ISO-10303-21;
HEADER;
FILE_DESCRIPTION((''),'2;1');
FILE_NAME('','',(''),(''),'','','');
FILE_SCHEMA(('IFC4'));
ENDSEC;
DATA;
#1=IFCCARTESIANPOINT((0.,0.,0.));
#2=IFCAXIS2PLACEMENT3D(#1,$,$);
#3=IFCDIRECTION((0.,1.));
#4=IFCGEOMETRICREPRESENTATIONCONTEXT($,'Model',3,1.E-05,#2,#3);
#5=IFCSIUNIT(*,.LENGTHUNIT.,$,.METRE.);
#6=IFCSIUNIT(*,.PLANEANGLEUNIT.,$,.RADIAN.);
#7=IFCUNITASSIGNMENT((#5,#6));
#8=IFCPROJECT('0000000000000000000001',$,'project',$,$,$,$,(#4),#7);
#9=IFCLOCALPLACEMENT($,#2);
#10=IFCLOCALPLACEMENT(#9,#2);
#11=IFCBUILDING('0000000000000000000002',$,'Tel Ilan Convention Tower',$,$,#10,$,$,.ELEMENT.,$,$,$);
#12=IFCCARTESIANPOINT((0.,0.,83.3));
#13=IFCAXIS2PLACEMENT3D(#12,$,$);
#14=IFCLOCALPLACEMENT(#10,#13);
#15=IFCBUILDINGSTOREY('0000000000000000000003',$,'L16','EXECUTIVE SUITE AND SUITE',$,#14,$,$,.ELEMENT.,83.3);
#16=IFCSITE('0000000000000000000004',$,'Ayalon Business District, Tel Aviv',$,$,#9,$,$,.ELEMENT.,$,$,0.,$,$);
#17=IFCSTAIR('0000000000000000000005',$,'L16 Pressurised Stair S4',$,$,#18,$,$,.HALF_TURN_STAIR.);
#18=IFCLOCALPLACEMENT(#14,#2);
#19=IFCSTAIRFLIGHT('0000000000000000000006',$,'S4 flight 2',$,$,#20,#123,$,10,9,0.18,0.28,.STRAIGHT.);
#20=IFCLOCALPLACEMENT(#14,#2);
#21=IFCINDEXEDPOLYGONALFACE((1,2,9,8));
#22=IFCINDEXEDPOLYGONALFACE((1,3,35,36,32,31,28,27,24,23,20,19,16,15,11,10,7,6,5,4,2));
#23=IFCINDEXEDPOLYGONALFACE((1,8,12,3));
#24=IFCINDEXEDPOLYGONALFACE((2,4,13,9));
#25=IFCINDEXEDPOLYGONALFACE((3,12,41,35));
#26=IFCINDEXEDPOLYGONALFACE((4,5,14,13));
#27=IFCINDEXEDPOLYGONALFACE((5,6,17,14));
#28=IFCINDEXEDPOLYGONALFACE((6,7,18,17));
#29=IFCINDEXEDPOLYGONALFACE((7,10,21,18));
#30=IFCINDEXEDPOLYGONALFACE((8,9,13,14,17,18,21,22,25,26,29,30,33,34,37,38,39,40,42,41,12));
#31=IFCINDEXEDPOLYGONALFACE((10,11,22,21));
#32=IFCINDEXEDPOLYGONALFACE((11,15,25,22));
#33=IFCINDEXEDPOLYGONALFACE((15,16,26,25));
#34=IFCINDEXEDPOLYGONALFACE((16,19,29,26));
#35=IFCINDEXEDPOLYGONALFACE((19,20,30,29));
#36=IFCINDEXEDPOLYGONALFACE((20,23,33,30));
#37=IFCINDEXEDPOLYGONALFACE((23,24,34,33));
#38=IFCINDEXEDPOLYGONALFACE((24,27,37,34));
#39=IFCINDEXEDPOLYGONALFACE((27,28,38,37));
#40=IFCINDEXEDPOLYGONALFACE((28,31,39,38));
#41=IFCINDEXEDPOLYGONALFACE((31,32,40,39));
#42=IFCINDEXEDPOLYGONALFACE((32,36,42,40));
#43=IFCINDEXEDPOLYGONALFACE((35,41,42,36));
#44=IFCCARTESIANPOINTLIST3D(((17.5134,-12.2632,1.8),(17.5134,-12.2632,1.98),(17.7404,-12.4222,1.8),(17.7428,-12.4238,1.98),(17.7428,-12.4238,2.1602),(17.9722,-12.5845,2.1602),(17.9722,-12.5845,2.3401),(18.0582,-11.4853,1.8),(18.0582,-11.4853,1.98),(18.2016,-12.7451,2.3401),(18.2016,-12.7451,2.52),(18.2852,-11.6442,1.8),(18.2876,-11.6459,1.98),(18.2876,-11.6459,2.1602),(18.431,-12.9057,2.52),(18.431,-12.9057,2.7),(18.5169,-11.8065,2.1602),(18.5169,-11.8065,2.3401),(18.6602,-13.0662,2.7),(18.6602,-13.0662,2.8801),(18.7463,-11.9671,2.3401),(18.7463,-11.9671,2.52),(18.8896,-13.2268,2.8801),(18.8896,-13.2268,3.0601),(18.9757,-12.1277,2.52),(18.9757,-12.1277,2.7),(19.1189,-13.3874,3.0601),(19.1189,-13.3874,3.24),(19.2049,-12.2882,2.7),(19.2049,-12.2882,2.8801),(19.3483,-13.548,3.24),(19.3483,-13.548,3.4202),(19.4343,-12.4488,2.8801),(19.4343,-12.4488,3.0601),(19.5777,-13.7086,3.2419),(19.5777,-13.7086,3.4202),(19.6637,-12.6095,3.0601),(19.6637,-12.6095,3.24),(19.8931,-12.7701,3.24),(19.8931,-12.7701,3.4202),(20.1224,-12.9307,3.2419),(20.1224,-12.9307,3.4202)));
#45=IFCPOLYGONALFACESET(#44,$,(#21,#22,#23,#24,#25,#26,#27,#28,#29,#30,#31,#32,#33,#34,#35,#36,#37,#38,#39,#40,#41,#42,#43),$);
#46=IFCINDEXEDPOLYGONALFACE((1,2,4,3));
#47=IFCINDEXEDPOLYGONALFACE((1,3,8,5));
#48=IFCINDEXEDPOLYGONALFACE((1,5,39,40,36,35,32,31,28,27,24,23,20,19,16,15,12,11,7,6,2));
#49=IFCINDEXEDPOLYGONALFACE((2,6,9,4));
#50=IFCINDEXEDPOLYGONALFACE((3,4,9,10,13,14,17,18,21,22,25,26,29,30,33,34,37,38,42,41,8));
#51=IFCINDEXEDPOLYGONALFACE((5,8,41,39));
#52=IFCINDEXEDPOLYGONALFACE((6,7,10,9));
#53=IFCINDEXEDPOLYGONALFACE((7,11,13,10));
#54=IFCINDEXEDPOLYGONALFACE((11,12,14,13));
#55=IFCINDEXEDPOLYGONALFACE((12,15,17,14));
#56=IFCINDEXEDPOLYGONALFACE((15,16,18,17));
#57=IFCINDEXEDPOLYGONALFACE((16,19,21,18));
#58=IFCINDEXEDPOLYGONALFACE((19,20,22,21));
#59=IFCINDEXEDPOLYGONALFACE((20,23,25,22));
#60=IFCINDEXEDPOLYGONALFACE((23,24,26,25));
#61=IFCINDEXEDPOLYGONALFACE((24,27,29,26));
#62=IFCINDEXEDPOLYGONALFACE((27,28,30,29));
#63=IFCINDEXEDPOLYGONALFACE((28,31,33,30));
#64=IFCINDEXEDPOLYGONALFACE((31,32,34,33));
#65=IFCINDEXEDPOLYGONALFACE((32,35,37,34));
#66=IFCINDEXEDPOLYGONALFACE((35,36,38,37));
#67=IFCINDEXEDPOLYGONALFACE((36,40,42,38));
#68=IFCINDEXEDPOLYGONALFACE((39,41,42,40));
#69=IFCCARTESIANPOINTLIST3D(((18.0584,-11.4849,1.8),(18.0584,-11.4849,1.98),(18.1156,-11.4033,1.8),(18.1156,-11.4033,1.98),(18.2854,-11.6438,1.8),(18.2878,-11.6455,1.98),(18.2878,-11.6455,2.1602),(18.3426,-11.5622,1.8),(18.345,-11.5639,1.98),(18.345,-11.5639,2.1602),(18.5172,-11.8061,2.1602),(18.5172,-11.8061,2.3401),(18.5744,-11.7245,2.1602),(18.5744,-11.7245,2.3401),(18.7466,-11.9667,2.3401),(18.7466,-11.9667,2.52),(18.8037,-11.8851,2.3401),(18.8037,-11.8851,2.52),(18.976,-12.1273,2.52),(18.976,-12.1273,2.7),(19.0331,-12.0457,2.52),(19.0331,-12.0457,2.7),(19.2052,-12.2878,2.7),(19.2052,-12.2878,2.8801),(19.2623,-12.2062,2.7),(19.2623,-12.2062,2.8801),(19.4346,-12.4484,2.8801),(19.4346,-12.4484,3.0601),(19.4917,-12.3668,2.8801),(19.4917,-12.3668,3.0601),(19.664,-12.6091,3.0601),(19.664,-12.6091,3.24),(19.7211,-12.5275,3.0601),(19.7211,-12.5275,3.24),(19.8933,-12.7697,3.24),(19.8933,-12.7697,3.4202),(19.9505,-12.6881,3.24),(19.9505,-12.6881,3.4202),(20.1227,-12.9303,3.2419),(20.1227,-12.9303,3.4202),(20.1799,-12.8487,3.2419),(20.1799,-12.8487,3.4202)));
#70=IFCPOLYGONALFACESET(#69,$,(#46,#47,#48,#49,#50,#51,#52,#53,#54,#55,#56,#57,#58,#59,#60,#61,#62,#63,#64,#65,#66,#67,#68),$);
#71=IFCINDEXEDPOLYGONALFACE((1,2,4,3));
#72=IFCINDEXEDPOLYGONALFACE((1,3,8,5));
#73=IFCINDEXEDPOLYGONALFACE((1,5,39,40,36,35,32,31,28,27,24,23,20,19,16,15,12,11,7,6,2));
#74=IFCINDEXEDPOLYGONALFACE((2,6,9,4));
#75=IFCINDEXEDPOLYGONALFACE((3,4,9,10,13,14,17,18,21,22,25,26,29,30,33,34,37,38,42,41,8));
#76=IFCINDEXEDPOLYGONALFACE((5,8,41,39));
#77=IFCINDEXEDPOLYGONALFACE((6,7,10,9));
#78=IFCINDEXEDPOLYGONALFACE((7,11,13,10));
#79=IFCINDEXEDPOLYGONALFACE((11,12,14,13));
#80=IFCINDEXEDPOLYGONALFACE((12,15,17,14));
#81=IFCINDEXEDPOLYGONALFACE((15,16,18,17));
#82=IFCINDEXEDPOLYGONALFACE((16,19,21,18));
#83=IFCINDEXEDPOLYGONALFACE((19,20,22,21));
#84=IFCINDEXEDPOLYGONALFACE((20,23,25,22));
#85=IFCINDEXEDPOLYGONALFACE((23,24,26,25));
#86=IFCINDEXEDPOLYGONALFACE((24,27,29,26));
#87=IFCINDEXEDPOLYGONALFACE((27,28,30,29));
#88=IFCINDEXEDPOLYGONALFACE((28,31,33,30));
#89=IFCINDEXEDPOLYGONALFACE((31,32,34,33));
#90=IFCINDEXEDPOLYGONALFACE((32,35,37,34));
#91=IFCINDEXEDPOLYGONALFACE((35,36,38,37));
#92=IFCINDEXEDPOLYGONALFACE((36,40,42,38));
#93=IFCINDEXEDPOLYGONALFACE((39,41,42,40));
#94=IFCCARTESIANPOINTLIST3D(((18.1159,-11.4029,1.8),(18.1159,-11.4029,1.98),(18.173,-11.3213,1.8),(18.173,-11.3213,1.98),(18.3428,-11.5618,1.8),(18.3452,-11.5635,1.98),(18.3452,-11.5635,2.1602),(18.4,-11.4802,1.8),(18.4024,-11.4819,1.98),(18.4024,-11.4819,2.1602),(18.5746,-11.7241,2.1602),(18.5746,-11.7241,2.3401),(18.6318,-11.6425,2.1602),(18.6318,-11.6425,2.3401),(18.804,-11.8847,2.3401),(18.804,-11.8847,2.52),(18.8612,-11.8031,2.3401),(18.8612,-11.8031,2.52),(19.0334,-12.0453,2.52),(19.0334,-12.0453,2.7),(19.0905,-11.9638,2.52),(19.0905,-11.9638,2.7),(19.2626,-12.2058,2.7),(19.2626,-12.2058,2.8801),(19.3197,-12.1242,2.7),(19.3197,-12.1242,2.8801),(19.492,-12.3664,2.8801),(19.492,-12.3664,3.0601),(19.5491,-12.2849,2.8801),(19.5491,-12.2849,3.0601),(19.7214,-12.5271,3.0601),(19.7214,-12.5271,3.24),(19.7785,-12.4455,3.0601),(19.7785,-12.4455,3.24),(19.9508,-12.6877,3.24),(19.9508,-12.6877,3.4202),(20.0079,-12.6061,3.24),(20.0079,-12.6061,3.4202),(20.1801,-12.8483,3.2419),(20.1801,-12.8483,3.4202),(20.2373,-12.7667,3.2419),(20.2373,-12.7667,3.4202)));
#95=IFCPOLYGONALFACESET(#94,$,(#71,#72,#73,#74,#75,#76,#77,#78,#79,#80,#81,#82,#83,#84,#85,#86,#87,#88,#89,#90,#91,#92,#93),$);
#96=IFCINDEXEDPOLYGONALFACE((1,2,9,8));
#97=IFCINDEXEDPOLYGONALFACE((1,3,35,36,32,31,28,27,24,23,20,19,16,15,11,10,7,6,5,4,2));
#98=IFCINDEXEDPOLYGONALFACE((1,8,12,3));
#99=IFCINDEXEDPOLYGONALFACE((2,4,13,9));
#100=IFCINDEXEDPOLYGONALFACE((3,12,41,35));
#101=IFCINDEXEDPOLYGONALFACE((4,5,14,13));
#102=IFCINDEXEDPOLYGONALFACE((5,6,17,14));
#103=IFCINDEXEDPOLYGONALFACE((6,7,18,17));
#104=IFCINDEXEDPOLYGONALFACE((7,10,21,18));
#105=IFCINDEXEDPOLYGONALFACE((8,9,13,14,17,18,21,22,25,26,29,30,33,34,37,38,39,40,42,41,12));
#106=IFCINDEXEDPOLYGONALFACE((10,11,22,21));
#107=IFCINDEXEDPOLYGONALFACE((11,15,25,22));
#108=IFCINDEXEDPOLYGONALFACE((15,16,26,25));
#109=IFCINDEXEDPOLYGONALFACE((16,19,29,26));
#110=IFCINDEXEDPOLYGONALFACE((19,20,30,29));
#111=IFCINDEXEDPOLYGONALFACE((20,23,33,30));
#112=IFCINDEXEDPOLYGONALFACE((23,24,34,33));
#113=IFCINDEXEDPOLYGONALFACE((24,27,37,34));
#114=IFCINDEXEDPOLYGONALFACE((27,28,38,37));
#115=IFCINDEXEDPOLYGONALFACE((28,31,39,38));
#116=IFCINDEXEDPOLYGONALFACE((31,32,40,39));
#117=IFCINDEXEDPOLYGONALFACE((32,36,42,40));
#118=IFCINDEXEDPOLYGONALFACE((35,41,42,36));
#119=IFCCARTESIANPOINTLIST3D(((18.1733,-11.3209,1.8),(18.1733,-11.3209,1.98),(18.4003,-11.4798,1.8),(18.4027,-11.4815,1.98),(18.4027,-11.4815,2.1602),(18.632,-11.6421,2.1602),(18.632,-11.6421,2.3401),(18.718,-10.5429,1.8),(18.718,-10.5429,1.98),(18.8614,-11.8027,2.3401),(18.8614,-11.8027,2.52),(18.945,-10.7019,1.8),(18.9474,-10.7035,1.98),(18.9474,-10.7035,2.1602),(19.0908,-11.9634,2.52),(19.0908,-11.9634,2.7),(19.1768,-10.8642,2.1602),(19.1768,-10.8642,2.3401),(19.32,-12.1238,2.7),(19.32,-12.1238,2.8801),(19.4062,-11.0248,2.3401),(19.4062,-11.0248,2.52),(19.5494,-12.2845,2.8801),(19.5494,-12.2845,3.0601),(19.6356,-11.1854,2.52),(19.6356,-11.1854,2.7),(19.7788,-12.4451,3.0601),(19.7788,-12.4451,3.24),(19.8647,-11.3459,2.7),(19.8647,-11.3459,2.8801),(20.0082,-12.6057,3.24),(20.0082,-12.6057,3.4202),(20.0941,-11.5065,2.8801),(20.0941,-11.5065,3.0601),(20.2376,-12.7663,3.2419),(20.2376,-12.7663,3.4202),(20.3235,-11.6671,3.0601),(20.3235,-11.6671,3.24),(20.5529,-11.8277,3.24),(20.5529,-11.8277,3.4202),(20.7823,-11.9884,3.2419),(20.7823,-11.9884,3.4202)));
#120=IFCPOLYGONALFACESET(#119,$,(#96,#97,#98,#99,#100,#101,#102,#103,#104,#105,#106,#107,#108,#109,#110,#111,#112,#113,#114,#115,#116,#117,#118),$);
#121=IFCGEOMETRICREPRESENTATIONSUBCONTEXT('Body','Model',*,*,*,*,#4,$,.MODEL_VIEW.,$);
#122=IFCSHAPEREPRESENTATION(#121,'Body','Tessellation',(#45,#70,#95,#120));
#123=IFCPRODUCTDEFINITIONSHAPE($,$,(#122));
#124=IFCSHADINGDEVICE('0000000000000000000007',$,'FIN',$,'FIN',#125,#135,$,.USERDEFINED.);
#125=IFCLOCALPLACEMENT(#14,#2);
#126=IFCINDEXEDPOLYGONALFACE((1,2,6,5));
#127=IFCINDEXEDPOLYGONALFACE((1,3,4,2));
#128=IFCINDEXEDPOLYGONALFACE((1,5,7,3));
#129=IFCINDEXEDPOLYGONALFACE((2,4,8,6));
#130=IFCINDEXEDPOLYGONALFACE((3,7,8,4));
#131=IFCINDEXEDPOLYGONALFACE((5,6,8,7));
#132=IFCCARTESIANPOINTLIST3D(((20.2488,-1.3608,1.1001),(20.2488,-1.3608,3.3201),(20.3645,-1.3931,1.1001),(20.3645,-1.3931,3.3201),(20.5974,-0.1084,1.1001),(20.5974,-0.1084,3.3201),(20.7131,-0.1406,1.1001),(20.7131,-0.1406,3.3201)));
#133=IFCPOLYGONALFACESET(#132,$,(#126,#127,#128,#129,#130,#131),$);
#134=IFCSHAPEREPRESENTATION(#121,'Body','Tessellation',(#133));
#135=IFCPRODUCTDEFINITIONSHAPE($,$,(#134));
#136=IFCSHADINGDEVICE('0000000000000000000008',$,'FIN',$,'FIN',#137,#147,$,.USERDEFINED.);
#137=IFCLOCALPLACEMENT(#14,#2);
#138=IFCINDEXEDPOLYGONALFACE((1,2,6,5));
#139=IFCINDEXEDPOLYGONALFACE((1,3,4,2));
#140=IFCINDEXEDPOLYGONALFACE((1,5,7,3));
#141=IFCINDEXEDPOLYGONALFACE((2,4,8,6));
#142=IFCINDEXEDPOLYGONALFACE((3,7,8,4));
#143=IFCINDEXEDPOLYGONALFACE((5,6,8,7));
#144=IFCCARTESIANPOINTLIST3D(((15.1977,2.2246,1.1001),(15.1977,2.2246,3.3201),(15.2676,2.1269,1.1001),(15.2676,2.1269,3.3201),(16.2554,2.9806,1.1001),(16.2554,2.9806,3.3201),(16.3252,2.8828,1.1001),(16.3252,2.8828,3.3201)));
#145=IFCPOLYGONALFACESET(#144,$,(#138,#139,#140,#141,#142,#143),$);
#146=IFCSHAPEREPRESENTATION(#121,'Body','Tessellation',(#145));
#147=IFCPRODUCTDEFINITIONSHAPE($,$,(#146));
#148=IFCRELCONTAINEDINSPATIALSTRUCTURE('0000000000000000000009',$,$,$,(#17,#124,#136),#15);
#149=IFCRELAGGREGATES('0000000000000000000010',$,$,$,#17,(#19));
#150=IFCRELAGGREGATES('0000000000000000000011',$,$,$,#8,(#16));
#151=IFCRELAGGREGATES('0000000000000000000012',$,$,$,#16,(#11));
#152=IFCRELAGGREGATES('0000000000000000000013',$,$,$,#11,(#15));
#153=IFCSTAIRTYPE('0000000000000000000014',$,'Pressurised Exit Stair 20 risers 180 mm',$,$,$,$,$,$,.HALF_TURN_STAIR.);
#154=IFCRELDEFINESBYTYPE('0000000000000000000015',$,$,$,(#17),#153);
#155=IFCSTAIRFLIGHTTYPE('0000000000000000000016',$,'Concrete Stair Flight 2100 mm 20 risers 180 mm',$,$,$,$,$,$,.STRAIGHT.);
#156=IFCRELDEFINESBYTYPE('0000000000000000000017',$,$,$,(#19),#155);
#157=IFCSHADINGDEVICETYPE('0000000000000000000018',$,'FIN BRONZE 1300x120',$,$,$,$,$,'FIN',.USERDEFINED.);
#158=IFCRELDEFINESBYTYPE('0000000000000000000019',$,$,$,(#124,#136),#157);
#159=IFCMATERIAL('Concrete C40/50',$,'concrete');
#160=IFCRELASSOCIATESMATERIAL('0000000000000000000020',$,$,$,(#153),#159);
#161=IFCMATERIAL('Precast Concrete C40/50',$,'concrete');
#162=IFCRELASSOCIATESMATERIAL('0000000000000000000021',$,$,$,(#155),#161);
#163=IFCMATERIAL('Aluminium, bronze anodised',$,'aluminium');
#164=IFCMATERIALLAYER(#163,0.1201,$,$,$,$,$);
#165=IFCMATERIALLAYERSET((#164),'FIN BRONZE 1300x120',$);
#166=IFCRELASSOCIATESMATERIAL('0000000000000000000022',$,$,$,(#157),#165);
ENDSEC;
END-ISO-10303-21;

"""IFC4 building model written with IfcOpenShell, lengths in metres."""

from ifc_helpers import new_model, si_unit, direction, frame, origin, origin_2d, place, context, subcontext, project, spatial, polyline, rectangle, outline, extrude, material, layer, layer_set, type_object, element, aggregate, save


model = new_model("IFC4")

# Units and contexts
model_context = context("Model", 3, precision=1e-05, world=origin(), true_north=direction((0.0, 1.0)))
body_context = subcontext(model_context, "Body", "Model", "MODEL_VIEW")
ifc_project = project(units=[si_unit("LENGTHUNIT", "METRE"), si_unit("PLANEANGLEUNIT", "RADIAN")], contexts=[model_context])

# Site, building, storey
site_placement = place(None, origin())
site = spatial("IfcSite", under=ifc_project, at=site_placement, Name="Ayalon Business District, Tel Aviv", CompositionType="ELEMENT", RefElevation=0.0)
building_placement = place(site_placement, origin())
building = spatial("IfcBuilding", under=site, at=building_placement, Name="Tel Ilan Convention Tower", CompositionType="ELEMENT")
storey_placement = place(building_placement, frame((0.0, 0.0, 83.3)))
storey = spatial("IfcBuildingStorey", under=building, at=storey_placement, Name="L16", Description="EXECUTIVE SUITE AND SUITE", CompositionType="ELEMENT", Elevation=83.3)

# Shared definitions
ifc_material_1 = material(Name="Concrete C40/50", Category="concrete")
stair_type = type_object("IfcStairType", Name="Pressurised Exit Stair 20 risers 180 mm", PredefinedType="HALF_TURN_STAIR", material=ifc_material_1)
ifc_material_2 = material(Name="Precast Concrete C40/50", Category="concrete")
stair_flight_type = type_object("IfcStairFlightType", Name="Concrete Stair Flight 2100 mm 20 risers 180 mm", PredefinedType="STRAIGHT", material=ifc_material_2)

# Stair, stair flight
stair_1_placement = place(storey_placement, origin())
stair_1 = element("IfcStair", 1, at=stair_1_placement, inside=storey, type_object=stair_type, Name="L16 Pressurised Stair S4", PredefinedType="HALF_TURN_STAIR")
stair_flight_1_placement = place(storey_placement, frame((18.1157, -11.4031, 1.8), z_axis=(0.0, 0.0, 1.0), x_axis=(0.819152, -0.573576, 0.0)))
stair_flight_1 = element("IfcStairFlight", 2, at=stair_flight_1_placement, type_object=stair_flight_type, Name="S4 flight 2", NumberOfRisers=10, NumberOfTreads=9, PredefinedType="STRAIGHT", RiserHeight=0.18, TreadLength=0.28, context=body_context, shape_type="SweptSolid", body=[
    extrude(outline(polyline([(0.0, 0.0), (0.0, 0.1799), (0.28, 0.1799), (0.28, 0.3601), (0.5601, 0.3601), (0.5601, 0.54), (0.8401, 0.54), (0.8401, 0.72), (1.1201, 0.72), (1.1201, 0.8999), (1.3999, 0.8999), (1.3999, 1.0801), (1.6799, 1.0801), (1.6799, 1.26), (1.96, 1.26), (1.96, 1.4399), (2.24, 1.4399), (2.24, 1.6201), (2.52, 1.6201), (2.52, 1.8), (2.52, 1.4419), (0.2771, 0.0), (0.0, 0.0)])), frame((0.0, -0.1003, 0.0), z_axis=(0.0, -1.0, 0.0), x_axis=(1.0, 0.0, 0.0)), (0.0, 0.0, 1.0), 0.9497),
    extrude(outline(polyline([(0.0, 0.0), (0.0, 0.1799), (0.28, 0.1799), (0.28, 0.3601), (0.5601, 0.3601), (0.5601, 0.54), (0.8401, 0.54), (0.8401, 0.72), (1.1201, 0.72), (1.1201, 0.8999), (1.3999, 0.8999), (1.3999, 1.0801), (1.6799, 1.0801), (1.6799, 1.26), (1.96, 1.26), (1.96, 1.4399), (2.24, 1.4399), (2.24, 1.6201), (2.52, 1.6201), (2.52, 1.8), (2.52, 1.4419), (0.2771, 0.0), (0.0, 0.0)])), frame((0.0, -0.0002, 0.0), z_axis=(0.0, -1.0, 0.0), x_axis=(1.0, 0.0, 0.0)), (0.0, 0.0, 1.0), 0.0996),
    extrude(outline(polyline([(0.0, 0.0), (0.0, 0.1799), (0.28, 0.1799), (0.28, 0.3601), (0.5601, 0.3601), (0.5601, 0.54), (0.8401, 0.54), (0.8401, 0.72), (1.1201, 0.72), (1.1201, 0.8999), (1.3999, 0.8999), (1.3999, 1.0801), (1.6799, 1.0801), (1.6799, 1.26), (1.96, 1.26), (1.96, 1.4399), (2.24, 1.4399), (2.24, 1.6201), (2.52, 1.6201), (2.52, 1.8), (2.52, 1.4419), (0.2771, 0.0), (0.0, 0.0)])), frame((0.0, 0.0999, 0.0), z_axis=(0.0, -1.0, 0.0), x_axis=(1.0, 0.0, 0.0)), (0.0, 0.0, 1.0), 0.0996),
    extrude(outline(polyline([(0.0, 0.0), (0.0, 0.1799), (0.28, 0.1799), (0.28, 0.3601), (0.5601, 0.3601), (0.5601, 0.54), (0.8401, 0.54), (0.8401, 0.72), (1.1201, 0.72), (1.1201, 0.8999), (1.3999, 0.8999), (1.3999, 1.0801), (1.6799, 1.0801), (1.6799, 1.26), (1.96, 1.26), (1.96, 1.4399), (2.24, 1.4399), (2.24, 1.6201), (2.52, 1.6201), (2.52, 1.8), (2.52, 1.4419), (0.2771, 0.0), (0.0, 0.0)])), frame((0.0, 1.05, 0.0), z_axis=(0.0, -1.0, 0.0), x_axis=(1.0, 0.0, 0.0)), (0.0, 0.0, 1.0), 0.9497),
])
aggregate(stair_1, [stair_flight_1])

# Shading devices
ifc_material_3 = material(Name="Aluminium, bronze anodised", Category="aluminium")
ifc_layer_1 = layer(ifc_material_3, 0.1201)
ifc_layer_set_1 = layer_set([ifc_layer_1], Name="FIN BRONZE 1300x120")
shading_device_type = type_object("IfcShadingDeviceType", Name="FIN BRONZE 1300x120", ElementType="FIN", PredefinedType="USERDEFINED", material=ifc_layer_set_1)
for number, where, z_axis, x_axis, name in (
    (3, (20.481, -0.7507, 1.1001), (0.0, 0.0, 1.0), (0.268173, 0.963371, 0.0), "FIN"),
    (4, (15.7615, 2.5537, 1.1001), (0.0, 0.0, 1.0), (0.813552, 0.581492, 0.0), "FIN"),
):
    element("IfcShadingDevice", number, at=place(storey_placement, frame(where, z_axis=z_axis, x_axis=x_axis)), inside=storey, type_object=shading_device_type, Name=name, ObjectType="FIN", PredefinedType="USERDEFINED", context=body_context, shape_type="SweptSolid", body=[
        extrude(rectangle(XDim=1.3, YDim=0.1201, at=origin_2d()), origin(), (0.0, 0.0, 1.0), 2.22),
    ])

save(model, "model.ifc")
